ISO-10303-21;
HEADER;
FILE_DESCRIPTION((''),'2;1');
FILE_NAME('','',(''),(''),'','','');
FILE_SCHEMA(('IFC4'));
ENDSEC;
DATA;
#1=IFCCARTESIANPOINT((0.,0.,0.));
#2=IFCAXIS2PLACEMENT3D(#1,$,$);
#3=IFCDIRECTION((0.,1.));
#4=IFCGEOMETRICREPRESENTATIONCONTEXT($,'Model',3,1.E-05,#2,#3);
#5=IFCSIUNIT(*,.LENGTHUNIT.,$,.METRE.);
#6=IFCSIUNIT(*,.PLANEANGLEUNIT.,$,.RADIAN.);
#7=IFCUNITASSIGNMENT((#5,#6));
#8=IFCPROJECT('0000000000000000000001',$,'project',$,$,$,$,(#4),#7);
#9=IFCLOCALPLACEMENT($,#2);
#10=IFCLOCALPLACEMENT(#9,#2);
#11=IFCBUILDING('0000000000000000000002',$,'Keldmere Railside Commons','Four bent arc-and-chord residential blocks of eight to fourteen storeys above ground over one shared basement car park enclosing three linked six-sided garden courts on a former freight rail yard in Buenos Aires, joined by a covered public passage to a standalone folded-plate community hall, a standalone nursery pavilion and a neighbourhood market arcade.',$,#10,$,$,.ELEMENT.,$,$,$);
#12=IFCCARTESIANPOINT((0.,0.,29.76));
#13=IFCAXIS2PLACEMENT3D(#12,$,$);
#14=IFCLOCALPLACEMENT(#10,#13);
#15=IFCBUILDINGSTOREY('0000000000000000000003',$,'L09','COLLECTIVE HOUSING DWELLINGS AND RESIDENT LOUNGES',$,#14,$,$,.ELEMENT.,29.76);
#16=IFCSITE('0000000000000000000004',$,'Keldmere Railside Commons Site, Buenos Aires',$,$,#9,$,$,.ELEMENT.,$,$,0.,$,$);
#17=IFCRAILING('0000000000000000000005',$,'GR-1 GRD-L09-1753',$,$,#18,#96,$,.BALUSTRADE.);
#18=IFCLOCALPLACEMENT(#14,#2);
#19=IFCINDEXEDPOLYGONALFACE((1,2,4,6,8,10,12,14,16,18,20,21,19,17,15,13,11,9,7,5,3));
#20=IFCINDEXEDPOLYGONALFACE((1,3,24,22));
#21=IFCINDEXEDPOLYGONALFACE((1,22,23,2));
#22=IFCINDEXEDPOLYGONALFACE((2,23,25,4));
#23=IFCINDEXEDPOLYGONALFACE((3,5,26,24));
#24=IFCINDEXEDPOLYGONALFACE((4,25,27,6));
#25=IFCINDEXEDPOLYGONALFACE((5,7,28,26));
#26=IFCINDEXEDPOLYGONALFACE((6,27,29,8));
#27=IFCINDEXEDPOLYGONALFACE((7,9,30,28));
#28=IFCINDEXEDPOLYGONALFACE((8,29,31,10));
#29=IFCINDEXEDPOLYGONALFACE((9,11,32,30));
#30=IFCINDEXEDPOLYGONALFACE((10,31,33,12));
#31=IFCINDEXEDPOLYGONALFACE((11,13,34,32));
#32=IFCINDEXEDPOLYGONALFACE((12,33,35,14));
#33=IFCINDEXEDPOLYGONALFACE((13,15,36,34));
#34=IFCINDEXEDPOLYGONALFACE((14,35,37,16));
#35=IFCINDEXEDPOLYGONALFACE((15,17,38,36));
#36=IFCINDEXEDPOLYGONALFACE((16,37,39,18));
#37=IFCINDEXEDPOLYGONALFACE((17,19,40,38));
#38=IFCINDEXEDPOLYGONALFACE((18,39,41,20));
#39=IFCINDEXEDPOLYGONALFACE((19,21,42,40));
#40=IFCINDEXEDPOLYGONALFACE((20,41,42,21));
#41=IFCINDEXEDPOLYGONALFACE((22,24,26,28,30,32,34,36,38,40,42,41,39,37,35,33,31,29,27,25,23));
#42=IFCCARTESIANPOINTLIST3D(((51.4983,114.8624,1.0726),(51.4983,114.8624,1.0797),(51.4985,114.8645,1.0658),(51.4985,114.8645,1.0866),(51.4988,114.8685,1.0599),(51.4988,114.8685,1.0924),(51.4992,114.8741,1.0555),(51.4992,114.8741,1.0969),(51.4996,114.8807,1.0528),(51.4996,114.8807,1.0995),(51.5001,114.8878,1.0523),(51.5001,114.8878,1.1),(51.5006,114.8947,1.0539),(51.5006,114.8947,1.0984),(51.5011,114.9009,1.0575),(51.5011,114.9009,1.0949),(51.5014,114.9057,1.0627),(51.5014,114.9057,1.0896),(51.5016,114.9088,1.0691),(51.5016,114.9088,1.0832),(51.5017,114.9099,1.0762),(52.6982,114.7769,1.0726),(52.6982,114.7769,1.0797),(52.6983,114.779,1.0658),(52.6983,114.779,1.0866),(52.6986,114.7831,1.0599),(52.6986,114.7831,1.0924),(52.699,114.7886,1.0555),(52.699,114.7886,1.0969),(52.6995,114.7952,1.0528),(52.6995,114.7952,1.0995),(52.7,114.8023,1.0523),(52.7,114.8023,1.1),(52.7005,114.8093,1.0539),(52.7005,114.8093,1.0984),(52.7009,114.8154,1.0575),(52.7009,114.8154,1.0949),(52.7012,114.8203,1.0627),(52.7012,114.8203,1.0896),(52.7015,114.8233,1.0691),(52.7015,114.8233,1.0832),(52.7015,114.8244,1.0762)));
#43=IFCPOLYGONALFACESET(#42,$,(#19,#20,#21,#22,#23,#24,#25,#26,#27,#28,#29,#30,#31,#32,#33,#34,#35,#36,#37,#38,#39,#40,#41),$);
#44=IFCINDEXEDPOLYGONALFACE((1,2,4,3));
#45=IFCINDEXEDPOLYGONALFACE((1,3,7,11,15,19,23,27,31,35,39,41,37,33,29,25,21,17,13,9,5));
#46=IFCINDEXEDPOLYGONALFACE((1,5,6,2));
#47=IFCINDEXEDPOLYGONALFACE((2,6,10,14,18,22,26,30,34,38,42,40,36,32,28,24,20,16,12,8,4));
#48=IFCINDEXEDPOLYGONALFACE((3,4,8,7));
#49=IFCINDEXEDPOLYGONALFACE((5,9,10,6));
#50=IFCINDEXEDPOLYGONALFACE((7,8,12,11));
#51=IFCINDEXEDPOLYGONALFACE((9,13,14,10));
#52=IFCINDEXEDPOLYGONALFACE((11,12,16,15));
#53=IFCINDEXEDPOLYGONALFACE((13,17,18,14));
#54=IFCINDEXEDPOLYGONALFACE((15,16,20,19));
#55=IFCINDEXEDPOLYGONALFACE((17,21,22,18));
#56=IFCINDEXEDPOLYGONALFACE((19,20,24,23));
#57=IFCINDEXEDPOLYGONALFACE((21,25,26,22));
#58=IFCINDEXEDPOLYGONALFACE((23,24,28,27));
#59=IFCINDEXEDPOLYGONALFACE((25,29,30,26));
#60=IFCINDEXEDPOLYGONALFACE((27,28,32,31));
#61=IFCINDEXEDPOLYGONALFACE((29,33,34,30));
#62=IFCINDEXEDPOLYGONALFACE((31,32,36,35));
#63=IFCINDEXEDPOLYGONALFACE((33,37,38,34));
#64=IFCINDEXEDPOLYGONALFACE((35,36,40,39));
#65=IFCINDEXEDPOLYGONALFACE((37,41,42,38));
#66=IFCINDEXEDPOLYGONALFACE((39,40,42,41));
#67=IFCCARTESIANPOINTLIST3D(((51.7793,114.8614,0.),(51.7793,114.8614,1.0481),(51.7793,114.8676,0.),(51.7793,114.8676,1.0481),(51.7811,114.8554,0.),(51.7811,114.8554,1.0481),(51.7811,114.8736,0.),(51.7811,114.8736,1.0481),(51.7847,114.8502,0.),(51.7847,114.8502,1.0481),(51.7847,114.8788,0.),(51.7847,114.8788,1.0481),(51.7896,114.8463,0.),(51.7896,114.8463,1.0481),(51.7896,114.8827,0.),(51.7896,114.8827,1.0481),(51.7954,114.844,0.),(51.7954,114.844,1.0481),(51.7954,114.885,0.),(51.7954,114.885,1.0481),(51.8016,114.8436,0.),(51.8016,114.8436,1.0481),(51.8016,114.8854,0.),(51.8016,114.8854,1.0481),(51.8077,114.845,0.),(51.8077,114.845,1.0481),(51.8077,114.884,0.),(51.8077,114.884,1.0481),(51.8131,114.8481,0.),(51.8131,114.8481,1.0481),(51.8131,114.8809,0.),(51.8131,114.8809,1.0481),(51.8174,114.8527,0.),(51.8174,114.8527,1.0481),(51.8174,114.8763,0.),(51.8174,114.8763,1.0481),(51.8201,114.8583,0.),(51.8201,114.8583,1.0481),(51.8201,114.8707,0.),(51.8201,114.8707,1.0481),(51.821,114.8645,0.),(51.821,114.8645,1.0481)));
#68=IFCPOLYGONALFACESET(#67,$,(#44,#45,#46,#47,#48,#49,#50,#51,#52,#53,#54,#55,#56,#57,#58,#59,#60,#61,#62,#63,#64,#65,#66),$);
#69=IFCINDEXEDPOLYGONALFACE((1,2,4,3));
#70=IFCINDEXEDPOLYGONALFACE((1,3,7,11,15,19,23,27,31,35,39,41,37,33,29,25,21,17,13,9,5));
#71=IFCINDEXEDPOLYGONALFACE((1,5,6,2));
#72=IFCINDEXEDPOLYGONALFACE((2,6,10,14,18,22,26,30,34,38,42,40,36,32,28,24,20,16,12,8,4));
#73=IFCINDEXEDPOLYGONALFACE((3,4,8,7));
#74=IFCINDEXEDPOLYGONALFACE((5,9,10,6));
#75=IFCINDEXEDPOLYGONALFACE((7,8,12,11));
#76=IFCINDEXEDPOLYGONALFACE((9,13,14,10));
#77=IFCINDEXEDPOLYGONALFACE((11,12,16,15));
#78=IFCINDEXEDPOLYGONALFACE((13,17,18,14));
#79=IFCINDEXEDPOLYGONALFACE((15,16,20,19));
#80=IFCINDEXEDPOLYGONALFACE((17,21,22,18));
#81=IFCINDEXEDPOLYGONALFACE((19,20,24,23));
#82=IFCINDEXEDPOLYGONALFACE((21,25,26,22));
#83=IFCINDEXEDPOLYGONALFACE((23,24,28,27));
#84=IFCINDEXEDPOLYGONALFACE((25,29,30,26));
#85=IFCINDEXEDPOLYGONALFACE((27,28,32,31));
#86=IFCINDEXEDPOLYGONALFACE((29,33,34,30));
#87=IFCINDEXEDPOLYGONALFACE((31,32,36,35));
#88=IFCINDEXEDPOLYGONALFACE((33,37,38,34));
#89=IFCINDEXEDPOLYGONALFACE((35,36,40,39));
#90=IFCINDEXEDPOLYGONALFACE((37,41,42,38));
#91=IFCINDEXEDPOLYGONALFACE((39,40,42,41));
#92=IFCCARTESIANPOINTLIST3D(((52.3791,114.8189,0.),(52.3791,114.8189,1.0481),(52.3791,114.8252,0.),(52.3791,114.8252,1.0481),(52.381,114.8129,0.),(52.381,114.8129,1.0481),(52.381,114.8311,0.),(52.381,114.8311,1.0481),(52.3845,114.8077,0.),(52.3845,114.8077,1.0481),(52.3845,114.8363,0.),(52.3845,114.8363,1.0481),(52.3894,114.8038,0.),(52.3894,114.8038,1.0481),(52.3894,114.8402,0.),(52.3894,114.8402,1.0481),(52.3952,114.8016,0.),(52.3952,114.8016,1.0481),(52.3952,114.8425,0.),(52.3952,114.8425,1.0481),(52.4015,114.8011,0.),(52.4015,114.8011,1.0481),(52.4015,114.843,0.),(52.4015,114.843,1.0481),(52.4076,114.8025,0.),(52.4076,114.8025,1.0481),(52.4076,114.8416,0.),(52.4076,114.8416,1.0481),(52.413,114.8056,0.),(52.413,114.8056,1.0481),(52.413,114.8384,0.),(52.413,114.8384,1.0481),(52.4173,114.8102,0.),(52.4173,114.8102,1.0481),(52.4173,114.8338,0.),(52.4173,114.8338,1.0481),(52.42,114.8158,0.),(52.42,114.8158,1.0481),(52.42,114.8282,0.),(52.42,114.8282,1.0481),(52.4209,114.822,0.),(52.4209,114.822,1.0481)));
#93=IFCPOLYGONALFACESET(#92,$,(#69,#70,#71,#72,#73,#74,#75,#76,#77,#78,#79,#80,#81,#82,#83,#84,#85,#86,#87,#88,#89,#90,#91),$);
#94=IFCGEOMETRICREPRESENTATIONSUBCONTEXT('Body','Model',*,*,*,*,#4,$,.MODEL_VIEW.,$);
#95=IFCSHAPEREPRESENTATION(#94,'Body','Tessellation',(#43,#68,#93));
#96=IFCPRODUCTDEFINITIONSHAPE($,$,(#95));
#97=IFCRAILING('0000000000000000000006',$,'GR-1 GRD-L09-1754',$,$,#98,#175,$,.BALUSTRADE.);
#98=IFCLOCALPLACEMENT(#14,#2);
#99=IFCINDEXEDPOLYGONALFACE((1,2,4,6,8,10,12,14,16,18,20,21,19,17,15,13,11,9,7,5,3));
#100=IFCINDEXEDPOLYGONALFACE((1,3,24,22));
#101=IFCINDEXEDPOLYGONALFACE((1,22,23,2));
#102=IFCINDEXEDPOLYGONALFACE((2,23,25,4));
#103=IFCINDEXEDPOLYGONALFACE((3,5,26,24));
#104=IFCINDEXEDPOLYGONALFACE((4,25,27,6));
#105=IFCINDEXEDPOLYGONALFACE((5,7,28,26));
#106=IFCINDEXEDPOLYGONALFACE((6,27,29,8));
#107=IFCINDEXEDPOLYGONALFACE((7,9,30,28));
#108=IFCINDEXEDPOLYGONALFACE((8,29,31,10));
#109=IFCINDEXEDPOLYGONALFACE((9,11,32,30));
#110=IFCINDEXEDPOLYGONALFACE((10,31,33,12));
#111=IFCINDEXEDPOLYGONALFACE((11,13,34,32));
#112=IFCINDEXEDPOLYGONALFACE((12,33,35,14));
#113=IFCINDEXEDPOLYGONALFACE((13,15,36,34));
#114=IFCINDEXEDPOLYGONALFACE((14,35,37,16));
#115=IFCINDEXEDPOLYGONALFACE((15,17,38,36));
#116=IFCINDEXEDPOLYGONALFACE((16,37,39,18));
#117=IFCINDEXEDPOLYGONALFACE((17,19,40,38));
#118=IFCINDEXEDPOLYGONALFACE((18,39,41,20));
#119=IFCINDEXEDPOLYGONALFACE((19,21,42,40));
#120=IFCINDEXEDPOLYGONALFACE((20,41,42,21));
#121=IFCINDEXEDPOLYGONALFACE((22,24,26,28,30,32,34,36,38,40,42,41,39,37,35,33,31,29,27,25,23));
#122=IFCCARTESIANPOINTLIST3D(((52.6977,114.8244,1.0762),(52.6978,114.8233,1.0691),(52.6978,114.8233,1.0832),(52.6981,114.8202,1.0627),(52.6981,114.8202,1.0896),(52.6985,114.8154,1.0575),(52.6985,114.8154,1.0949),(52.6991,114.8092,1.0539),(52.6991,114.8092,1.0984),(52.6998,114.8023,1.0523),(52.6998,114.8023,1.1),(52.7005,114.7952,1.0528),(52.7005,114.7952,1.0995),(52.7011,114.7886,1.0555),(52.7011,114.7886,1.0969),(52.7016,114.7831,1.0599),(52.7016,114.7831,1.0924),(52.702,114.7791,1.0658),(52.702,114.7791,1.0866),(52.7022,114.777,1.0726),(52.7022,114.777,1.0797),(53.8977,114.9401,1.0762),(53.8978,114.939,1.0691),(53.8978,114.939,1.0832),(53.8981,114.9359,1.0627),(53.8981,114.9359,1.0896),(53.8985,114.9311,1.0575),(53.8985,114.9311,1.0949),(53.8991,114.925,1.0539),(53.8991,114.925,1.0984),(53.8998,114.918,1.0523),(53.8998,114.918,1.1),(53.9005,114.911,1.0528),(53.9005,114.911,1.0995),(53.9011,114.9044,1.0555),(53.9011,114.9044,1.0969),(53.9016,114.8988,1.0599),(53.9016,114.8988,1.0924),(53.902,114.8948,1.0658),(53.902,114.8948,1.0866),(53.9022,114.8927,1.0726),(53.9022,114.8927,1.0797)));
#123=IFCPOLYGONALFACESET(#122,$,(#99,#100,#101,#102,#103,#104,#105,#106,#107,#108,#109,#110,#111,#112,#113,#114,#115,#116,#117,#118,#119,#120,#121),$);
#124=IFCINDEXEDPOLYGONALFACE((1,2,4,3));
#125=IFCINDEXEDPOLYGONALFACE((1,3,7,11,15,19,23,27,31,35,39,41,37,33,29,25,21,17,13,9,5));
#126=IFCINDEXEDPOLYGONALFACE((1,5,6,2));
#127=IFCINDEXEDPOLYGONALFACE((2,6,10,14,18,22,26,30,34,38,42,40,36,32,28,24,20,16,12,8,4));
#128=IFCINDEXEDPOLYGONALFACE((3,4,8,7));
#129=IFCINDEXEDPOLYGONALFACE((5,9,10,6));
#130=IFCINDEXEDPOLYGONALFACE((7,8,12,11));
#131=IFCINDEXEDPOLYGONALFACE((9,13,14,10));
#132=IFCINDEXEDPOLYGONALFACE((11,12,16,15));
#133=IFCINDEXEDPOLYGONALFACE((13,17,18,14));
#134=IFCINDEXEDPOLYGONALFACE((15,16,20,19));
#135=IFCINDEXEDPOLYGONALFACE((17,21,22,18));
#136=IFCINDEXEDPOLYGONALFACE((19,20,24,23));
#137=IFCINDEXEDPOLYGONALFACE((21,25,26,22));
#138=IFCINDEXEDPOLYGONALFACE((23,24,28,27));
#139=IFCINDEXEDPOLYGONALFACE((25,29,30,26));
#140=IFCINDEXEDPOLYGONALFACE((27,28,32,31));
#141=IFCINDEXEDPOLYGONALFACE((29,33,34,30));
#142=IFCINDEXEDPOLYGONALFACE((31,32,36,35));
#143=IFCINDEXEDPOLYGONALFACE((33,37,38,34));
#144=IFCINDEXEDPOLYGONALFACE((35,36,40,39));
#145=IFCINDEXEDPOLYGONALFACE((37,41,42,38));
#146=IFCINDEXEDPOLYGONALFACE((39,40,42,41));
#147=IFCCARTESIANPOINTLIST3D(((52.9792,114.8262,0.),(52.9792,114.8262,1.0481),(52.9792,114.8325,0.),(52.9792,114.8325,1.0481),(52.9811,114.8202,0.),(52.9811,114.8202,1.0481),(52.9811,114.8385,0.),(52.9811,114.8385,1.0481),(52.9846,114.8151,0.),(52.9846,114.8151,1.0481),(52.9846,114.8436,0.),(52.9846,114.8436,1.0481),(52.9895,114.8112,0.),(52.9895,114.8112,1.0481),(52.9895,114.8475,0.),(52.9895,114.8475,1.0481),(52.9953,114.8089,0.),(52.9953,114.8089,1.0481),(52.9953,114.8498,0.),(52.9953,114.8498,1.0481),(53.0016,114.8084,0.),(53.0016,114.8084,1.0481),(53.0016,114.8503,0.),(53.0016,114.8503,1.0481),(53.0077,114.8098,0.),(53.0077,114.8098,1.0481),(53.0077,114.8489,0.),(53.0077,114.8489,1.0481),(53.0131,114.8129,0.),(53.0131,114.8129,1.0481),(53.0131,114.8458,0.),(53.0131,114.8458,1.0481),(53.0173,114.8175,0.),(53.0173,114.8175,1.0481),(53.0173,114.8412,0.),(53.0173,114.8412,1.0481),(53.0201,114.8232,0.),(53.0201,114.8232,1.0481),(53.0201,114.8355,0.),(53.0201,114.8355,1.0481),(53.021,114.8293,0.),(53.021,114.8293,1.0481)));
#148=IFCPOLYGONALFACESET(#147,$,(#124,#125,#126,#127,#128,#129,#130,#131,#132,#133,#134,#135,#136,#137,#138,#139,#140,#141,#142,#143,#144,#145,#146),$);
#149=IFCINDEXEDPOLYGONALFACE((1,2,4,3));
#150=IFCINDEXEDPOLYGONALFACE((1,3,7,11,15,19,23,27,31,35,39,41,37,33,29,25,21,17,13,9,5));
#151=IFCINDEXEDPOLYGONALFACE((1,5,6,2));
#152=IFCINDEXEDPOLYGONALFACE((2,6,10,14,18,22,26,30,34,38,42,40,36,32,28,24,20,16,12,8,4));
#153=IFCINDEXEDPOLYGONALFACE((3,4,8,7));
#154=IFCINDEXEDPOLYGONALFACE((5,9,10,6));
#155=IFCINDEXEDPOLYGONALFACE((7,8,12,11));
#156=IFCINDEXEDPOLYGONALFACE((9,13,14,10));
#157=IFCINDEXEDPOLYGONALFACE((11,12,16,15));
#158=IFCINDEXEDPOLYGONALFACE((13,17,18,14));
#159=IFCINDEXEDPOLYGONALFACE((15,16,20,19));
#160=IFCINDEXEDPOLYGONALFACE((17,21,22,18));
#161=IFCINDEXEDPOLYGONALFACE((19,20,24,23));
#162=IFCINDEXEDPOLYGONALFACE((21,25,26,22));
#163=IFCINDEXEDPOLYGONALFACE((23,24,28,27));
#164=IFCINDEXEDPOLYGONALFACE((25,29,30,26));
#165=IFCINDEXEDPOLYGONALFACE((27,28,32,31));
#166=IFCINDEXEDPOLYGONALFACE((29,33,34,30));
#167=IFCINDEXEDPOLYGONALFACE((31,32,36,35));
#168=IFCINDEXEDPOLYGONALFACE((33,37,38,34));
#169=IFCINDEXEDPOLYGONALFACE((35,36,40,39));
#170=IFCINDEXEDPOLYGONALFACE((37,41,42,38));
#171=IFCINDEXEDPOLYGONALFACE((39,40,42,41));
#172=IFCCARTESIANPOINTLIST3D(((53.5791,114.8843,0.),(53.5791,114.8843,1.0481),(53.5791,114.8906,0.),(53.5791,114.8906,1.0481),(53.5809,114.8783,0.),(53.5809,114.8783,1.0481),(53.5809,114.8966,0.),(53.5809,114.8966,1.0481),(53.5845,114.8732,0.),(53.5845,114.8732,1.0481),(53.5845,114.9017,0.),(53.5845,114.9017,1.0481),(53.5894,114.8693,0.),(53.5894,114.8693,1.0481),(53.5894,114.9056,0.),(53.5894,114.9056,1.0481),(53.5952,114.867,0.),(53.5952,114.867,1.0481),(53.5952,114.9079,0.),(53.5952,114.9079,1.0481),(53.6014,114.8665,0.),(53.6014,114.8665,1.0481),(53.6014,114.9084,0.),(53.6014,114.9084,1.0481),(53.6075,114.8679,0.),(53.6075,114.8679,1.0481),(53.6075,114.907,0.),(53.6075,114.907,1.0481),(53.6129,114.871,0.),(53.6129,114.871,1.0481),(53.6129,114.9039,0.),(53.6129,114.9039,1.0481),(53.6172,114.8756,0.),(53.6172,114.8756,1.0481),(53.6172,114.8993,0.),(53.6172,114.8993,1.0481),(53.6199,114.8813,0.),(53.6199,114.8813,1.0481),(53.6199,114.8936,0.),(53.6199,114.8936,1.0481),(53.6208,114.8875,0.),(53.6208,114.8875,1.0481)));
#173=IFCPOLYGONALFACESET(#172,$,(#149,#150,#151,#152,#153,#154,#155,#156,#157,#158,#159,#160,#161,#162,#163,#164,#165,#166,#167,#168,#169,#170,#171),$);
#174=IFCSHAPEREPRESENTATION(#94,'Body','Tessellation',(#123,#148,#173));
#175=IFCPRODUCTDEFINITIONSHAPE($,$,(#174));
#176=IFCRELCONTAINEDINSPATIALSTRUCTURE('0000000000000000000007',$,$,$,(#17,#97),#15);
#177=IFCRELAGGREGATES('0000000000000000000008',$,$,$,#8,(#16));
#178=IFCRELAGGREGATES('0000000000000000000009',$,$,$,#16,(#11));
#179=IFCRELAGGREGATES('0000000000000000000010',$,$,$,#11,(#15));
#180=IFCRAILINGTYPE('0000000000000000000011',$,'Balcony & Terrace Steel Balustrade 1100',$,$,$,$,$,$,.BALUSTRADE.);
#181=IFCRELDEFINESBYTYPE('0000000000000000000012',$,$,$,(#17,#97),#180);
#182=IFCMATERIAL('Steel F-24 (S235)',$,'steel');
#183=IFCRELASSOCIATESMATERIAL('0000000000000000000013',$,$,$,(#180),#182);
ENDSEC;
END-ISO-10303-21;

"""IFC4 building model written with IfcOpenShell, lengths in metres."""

from ifc_helpers import new_model, si_unit, direction, frame, origin, origin_2d, place, context, subcontext, project, spatial, circle, extrude, material, type_object, element, save


model = new_model("IFC4")

# Units and contexts
model_context = context("Model", 3, precision=1e-05, world=origin(), true_north=direction((0.0, 1.0)))
body_context = subcontext(model_context, "Body", "Model", "MODEL_VIEW")
ifc_project = project(units=[si_unit("LENGTHUNIT", "METRE"), si_unit("PLANEANGLEUNIT", "RADIAN")], contexts=[model_context])

# Site, building, storey
site_placement = place(None, origin())
site = spatial("IfcSite", under=ifc_project, at=site_placement, Name="Keldmere Railside Commons Site, Buenos Aires", CompositionType="ELEMENT", RefElevation=0.0)
building_placement = place(site_placement, origin())
building = spatial("IfcBuilding", under=site, at=building_placement, Name="Keldmere Railside Commons", Description="Four bent arc-and-chord residential blocks of eight to fourteen storeys above ground over one shared basement car park enclosing three linked six-sided garden courts on a former freight rail yard in Buenos Aires, joined by a covered public passage to a standalone folded-plate community hall, a standalone nursery pavilion and a neighbourhood market arcade.", CompositionType="ELEMENT")
storey_placement = place(building_placement, frame((0.0, 0.0, 29.76)))
storey = spatial("IfcBuildingStorey", under=building, at=storey_placement, Name="L09", Description="COLLECTIVE HOUSING DWELLINGS AND RESIDENT LOUNGES", CompositionType="ELEMENT", Elevation=29.76)

# Shared definitions
ifc_material_1 = material(Name="Steel F-24 (S235)", Category="steel")

# Railings
railing_type = type_object("IfcRailingType", Name="Balcony & Terrace Steel Balustrade 1100", PredefinedType="BALUSTRADE", material=ifc_material_1)
railing_1_placement = place(storey_placement, frame((51.5, 114.886, 0.0)))
element("IfcRailing", 1, at=railing_1_placement, inside=storey, type_object=railing_type, Name="GR-1 GRD-L09-1753", PredefinedType="BALUSTRADE", context=body_context, shape_type="SweptSolid", body=[
    extrude(circle(Radius=0.0239, at=origin_2d()), frame((0.0, 0.0, 1.0762), z_axis=(0.997474, -0.071031, 0.0), x_axis=(0.071031, 0.997474, 0.0)), (0.0, 0.0, 1.0), 1.2029),
    extrude(circle(Radius=0.021, at=origin_2d()), frame((0.3, -0.0215, 0.0)), (0.0, 0.0, 1.0), 1.0481),
    extrude(circle(Radius=0.021, at=origin_2d()), frame((0.8999, -0.064, 0.0)), (0.0, 0.0, 1.0), 1.0481),
])
railing_2_placement = place(storey_placement, frame((52.7, 114.8005, 0.0)))
element("IfcRailing", 2, at=railing_2_placement, inside=storey, type_object=railing_type, Name="GR-1 GRD-L09-1754", PredefinedType="BALUSTRADE", context=body_context, shape_type="SweptSolid", body=[
    extrude(circle(Radius=0.0239, at=origin_2d()), frame((0.0, 0.0, 1.0762), z_axis=(0.995382, 0.095994, 0.0), x_axis=(-0.095994, 0.995382, 0.0)), (0.0, 0.0, 1.0), 1.2056),
    extrude(circle(Radius=0.021, at=origin_2d()), frame((0.3, 0.0288, 0.0)), (0.0, 0.0, 1.0), 1.0481),
    extrude(circle(Radius=0.021, at=origin_2d()), frame((0.8999, 0.0869, 0.0)), (0.0, 0.0, 1.0), 1.0481),
])

save(model, "model.ifc")
